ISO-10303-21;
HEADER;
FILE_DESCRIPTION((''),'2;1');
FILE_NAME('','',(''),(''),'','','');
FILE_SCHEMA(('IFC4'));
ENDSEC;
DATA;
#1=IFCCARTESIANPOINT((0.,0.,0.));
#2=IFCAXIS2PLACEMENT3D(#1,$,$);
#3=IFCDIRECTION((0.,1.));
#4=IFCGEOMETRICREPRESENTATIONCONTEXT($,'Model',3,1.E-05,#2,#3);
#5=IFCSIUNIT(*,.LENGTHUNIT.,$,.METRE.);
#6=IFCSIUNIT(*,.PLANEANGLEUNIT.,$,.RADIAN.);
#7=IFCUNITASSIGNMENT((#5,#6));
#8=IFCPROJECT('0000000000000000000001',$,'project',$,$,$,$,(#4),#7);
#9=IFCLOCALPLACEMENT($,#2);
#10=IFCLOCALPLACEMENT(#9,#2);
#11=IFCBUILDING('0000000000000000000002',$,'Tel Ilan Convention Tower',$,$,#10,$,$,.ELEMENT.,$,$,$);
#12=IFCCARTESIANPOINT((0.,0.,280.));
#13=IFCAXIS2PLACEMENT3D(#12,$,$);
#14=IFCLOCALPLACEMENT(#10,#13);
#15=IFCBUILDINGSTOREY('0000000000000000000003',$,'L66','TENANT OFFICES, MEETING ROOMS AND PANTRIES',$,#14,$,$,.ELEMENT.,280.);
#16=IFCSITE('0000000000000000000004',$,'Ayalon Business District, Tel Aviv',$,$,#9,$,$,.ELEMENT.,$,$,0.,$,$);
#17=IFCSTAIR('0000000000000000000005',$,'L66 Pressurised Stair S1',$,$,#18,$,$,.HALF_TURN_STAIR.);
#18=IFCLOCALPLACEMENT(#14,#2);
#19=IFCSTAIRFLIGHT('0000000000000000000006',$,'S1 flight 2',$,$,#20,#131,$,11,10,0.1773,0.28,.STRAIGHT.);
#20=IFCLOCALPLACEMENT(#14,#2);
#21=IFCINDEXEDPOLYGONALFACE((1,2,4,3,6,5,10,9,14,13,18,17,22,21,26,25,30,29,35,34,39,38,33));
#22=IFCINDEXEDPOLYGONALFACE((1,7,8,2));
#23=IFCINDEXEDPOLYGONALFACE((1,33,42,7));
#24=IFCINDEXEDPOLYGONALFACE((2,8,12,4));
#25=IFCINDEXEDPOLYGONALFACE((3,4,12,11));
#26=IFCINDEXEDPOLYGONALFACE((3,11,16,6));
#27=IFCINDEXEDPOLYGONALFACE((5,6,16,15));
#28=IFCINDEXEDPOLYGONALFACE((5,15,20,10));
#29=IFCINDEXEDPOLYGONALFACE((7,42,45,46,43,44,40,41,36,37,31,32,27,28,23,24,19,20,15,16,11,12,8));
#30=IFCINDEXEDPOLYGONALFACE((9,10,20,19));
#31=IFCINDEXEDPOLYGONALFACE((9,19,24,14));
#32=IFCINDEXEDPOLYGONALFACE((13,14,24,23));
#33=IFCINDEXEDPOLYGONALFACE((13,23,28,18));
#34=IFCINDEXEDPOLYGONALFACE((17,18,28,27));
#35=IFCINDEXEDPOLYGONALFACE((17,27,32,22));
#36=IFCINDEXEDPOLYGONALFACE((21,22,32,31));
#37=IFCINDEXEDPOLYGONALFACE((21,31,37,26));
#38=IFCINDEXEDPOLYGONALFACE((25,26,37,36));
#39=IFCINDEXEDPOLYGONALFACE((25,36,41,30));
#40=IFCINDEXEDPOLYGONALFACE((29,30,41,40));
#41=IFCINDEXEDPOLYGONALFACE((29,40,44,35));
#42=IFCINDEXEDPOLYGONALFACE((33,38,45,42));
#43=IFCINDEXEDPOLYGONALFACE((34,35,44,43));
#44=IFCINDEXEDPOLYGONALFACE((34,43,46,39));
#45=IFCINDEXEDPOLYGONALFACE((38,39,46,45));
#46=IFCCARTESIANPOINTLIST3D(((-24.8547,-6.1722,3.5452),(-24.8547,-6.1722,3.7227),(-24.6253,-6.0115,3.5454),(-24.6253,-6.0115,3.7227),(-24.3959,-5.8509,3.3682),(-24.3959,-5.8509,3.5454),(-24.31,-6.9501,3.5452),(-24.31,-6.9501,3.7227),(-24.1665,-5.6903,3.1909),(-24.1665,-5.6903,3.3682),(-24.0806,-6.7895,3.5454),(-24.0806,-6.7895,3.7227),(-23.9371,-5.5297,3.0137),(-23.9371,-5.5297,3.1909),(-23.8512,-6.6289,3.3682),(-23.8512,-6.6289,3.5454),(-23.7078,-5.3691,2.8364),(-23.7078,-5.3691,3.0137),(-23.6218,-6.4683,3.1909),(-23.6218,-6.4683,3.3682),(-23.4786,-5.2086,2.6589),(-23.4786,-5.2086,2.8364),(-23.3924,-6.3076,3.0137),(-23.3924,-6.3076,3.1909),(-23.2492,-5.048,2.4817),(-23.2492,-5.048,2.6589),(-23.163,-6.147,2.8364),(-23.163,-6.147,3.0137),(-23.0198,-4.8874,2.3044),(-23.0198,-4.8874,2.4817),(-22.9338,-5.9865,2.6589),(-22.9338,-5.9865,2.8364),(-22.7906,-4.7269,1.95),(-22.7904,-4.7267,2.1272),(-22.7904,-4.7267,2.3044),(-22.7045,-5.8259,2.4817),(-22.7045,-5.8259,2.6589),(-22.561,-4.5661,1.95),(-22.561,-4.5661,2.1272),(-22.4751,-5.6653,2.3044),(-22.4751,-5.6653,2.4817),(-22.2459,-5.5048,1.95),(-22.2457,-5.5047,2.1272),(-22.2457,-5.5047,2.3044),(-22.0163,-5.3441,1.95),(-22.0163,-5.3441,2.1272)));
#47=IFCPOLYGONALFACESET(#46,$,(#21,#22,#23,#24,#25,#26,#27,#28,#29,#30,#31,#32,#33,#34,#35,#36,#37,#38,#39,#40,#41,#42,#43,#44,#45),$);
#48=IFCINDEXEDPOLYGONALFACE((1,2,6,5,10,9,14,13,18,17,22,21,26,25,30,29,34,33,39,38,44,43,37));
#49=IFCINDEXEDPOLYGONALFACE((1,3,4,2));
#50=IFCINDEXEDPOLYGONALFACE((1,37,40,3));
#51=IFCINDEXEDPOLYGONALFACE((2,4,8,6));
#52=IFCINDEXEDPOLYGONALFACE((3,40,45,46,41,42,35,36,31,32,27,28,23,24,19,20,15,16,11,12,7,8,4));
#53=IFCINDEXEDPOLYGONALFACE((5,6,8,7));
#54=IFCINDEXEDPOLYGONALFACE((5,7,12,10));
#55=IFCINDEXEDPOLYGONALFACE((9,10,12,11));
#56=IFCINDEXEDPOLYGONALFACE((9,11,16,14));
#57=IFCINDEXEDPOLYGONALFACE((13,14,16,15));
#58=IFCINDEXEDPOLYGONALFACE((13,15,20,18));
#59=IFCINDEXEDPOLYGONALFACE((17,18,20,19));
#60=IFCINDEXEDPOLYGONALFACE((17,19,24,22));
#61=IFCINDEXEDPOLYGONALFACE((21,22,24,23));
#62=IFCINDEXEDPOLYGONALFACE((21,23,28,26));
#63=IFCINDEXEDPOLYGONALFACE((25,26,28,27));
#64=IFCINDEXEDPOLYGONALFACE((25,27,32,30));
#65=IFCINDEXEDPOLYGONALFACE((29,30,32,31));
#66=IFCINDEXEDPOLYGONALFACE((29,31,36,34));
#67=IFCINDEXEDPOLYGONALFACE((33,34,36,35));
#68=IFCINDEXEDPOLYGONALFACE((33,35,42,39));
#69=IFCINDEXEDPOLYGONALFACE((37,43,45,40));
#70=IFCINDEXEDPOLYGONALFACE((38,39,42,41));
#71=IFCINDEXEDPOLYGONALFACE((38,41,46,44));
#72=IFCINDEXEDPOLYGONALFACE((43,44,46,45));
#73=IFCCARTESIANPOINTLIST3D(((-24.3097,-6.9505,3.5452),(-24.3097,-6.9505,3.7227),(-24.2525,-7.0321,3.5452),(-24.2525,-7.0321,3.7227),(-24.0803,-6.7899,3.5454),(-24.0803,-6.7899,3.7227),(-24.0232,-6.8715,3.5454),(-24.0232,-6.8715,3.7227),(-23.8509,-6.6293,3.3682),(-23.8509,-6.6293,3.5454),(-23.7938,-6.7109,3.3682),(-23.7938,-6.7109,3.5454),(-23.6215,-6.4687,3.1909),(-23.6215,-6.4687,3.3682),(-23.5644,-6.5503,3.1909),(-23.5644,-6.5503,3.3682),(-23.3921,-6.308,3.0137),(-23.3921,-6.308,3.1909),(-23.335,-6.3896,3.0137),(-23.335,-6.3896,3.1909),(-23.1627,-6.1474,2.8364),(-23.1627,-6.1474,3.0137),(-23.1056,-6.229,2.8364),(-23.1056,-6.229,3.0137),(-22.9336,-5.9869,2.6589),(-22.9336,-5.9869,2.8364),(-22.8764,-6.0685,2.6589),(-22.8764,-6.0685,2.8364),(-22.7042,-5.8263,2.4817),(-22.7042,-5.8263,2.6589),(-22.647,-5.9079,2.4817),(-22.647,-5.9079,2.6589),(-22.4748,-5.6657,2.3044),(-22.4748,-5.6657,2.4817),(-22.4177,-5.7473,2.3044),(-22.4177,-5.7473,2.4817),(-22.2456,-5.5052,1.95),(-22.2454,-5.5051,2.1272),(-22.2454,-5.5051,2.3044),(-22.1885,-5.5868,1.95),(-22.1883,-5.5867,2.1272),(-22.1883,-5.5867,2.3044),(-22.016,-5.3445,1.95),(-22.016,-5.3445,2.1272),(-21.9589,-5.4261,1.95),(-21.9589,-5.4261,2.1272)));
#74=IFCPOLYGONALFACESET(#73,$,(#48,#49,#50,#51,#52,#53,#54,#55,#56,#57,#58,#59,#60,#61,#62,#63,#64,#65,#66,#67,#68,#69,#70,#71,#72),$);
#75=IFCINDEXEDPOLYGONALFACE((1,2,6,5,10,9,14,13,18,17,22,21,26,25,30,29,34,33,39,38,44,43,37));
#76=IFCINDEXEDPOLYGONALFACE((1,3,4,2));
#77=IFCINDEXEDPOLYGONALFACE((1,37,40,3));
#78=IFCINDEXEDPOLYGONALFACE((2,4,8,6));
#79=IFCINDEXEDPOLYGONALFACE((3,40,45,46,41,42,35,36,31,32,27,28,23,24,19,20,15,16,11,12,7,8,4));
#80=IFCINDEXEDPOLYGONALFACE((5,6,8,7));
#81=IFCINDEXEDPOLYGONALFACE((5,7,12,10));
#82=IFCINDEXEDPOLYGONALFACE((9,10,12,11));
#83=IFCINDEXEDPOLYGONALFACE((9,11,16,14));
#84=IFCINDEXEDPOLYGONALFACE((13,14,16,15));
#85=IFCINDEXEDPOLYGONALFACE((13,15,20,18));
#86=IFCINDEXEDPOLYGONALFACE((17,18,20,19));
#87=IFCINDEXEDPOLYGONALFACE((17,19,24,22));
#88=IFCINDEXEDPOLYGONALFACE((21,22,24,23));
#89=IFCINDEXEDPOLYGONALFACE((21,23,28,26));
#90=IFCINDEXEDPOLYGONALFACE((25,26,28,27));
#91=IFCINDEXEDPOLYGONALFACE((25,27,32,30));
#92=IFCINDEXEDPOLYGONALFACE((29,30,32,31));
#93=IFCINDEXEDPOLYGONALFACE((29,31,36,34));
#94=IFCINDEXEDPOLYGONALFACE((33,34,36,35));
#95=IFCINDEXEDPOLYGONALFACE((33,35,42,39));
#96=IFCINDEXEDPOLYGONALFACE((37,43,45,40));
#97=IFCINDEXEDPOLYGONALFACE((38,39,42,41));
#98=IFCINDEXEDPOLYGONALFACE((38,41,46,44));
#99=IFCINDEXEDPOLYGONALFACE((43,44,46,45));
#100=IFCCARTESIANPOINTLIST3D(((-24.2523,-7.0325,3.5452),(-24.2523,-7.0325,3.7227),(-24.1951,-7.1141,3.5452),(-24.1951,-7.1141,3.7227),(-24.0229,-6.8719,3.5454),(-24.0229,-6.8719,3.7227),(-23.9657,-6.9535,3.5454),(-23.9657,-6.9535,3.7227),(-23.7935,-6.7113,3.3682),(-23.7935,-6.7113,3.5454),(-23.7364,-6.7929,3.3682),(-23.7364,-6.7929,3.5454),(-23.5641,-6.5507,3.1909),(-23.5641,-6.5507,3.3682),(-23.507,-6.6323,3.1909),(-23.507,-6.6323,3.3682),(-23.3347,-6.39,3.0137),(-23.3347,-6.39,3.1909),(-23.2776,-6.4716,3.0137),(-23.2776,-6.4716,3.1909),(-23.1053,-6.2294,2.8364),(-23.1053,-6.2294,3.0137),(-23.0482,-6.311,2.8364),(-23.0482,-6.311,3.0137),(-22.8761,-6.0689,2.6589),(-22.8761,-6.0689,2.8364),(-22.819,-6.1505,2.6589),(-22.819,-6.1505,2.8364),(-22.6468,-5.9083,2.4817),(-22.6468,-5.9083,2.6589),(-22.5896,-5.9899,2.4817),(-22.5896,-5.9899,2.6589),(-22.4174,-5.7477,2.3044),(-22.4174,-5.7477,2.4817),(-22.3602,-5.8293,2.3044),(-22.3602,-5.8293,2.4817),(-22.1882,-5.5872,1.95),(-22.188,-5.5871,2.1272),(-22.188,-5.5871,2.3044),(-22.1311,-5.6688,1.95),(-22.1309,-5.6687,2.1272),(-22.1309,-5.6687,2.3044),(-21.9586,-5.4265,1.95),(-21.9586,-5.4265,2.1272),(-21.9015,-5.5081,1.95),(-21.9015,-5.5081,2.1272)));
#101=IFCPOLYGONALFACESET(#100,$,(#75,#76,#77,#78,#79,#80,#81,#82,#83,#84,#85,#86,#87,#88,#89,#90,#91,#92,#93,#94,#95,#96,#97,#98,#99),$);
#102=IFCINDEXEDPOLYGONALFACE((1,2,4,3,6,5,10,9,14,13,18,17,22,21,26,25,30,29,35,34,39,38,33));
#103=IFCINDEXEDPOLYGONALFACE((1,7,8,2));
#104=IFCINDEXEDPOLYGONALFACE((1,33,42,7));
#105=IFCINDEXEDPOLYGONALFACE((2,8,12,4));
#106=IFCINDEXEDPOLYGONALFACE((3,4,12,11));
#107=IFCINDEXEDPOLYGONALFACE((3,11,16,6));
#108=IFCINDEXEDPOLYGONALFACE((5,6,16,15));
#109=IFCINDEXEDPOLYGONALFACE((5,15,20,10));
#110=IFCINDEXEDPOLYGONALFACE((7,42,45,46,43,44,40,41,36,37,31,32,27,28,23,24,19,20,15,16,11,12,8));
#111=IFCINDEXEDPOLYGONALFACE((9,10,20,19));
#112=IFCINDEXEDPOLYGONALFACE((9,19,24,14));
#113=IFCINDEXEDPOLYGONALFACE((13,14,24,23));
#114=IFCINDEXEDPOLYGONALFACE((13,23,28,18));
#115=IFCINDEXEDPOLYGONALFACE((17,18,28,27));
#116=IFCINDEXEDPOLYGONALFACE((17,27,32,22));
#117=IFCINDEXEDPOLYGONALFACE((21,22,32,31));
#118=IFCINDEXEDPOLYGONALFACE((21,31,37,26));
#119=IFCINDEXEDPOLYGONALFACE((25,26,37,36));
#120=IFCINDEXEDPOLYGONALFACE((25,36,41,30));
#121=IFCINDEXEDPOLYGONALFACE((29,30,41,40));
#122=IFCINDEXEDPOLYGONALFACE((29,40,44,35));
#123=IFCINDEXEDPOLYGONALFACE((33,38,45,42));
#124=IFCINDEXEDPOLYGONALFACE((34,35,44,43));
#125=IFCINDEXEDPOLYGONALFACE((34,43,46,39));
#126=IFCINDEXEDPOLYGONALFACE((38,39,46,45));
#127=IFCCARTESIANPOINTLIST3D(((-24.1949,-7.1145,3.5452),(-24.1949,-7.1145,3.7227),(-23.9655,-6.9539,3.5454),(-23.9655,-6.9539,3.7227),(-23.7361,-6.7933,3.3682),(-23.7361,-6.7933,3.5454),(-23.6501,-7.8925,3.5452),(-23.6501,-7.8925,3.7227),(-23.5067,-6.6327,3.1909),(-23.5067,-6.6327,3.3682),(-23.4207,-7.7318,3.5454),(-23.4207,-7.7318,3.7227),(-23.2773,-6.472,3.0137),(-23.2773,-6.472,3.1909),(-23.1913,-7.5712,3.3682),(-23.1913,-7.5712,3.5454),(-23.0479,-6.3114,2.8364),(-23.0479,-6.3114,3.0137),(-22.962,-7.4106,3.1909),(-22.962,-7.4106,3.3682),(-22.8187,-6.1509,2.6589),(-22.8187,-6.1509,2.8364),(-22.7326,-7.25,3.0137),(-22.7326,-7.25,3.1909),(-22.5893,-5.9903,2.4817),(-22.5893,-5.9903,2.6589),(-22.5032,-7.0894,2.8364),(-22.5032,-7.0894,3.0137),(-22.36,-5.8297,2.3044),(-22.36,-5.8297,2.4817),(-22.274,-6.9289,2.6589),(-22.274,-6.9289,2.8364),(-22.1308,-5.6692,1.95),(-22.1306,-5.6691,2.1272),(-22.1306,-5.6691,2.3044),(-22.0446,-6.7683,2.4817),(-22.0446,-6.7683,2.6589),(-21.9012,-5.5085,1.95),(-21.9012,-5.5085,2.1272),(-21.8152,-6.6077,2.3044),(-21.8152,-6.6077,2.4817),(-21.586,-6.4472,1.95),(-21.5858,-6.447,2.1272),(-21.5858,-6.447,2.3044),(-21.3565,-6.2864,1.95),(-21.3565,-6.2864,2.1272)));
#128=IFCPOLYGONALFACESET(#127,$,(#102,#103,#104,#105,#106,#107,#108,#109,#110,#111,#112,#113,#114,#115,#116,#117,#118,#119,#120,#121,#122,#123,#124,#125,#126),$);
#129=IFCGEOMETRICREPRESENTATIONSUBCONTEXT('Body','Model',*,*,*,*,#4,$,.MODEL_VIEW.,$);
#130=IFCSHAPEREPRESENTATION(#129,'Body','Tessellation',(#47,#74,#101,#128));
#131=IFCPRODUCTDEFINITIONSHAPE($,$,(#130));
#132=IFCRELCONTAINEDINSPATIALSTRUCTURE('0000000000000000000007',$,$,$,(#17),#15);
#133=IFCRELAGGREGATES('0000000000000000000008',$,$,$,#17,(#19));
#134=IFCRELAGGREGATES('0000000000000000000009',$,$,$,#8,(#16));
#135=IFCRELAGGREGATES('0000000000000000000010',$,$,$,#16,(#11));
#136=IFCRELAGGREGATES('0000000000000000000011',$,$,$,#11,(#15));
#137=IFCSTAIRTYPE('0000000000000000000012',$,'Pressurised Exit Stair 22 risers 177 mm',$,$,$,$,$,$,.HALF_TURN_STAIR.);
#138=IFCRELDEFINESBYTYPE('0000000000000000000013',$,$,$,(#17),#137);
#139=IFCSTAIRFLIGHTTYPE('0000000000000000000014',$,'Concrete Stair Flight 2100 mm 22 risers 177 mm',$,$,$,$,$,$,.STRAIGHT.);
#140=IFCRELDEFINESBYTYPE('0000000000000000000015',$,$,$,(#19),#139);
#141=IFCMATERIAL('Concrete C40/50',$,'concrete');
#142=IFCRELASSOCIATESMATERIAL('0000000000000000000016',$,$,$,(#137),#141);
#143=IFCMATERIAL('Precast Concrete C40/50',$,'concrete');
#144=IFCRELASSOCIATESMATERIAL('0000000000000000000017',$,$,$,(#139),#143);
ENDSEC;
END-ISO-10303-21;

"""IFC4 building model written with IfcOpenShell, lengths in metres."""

from ifc_helpers import new_model, si_unit, direction, frame, origin, place, context, subcontext, project, spatial, polyline, outline, extrude, material, type_object, element, aggregate, save


model = new_model("IFC4")

# Units and contexts
model_context = context("Model", 3, precision=1e-05, world=origin(), true_north=direction((0.0, 1.0)))
body_context = subcontext(model_context, "Body", "Model", "MODEL_VIEW")
ifc_project = project(units=[si_unit("LENGTHUNIT", "METRE"), si_unit("PLANEANGLEUNIT", "RADIAN")], contexts=[model_context])

# Site, building, storey
site_placement = place(None, origin())
site = spatial("IfcSite", under=ifc_project, at=site_placement, Name="Ayalon Business District, Tel Aviv", CompositionType="ELEMENT", RefElevation=0.0)
building_placement = place(site_placement, origin())
building = spatial("IfcBuilding", under=site, at=building_placement, Name="Tel Ilan Convention Tower", CompositionType="ELEMENT")
storey_placement = place(building_placement, frame((0.0, 0.0, 280.0)))
storey = spatial("IfcBuildingStorey", under=building, at=storey_placement, Name="L66", Description="TENANT OFFICES, MEETING ROOMS AND PANTRIES", CompositionType="ELEMENT", Elevation=280.0)

# Stair, stair flight
ifc_material_1 = material(Name="Concrete C40/50", Category="concrete")
stair_type = type_object("IfcStairType", Name="Pressurised Exit Stair 22 risers 177 mm", PredefinedType="HALF_TURN_STAIR", material=ifc_material_1)
stair_1_placement = place(storey_placement, origin())
stair_1 = element("IfcStair", 1, at=stair_1_placement, inside=storey, type_object=stair_type, Name="L66 Pressurised Stair S1", PredefinedType="HALF_TURN_STAIR")
ifc_material_2 = material(Name="Precast Concrete C40/50", Category="concrete")
stair_flight_type = type_object("IfcStairFlightType", Name="Concrete Stair Flight 2100 mm 22 risers 177 mm", PredefinedType="STRAIGHT", material=ifc_material_2)
stair_flight_1_placement = place(storey_placement, frame((-21.9587, -5.4263, 1.95), z_axis=(0.0, 0.0, 1.0), x_axis=(-0.819152, -0.573576, 0.0)))
stair_flight_1 = element("IfcStairFlight", 2, at=stair_flight_1_placement, type_object=stair_flight_type, Name="S1 flight 2", NumberOfRisers=11, NumberOfTreads=10, PredefinedType="STRAIGHT", RiserHeight=0.1773, TreadLength=0.28, context=body_context, shape_type="SweptSolid", body=[
    extrude(outline(polyline([(0.0, 0.0), (0.0, 0.1772), (0.28, 0.1772), (0.28, 0.3545), (0.5601, 0.3545), (0.5601, 0.5317), (0.8401, 0.5317), (0.8401, 0.709), (1.1201, 0.709), (1.1201, 0.8865), (1.3999, 0.8865), (1.3999, 1.0637), (1.6799, 1.0637), (1.6799, 1.241), (1.96, 1.241), (1.96, 1.4182), (2.24, 1.4182), (2.24, 1.5955), (2.52, 1.5955), (2.52, 1.7727), (2.8, 1.7727), (2.8, 1.95), (2.8, 1.5952), (0.2803, 0.0), (0.0, 0.0)])), frame((0.0, -0.1003, 0.0), z_axis=(0.0, -1.0, 0.0), x_axis=(1.0, 0.0, 0.0)), (0.0, 0.0, 1.0), 0.9497),
    extrude(outline(polyline([(0.0, 0.0), (0.0, 0.1772), (0.28, 0.1772), (0.28, 0.3545), (0.5601, 0.3545), (0.5601, 0.5317), (0.8401, 0.5317), (0.8401, 0.709), (1.1201, 0.709), (1.1201, 0.8865), (1.3999, 0.8865), (1.3999, 1.0637), (1.6799, 1.0637), (1.6799, 1.241), (1.96, 1.241), (1.96, 1.4182), (2.24, 1.4182), (2.24, 1.5955), (2.52, 1.5955), (2.52, 1.7727), (2.8, 1.7727), (2.8, 1.95), (2.8, 1.5952), (0.2803, 0.0), (0.0, 0.0)])), frame((0.0, -0.0002, 0.0), z_axis=(0.0, -1.0, 0.0), x_axis=(1.0, 0.0, 0.0)), (0.0, 0.0, 1.0), 0.0996),
    extrude(outline(polyline([(0.0, 0.0), (0.0, 0.1772), (0.28, 0.1772), (0.28, 0.3545), (0.5601, 0.3545), (0.5601, 0.5317), (0.8401, 0.5317), (0.8401, 0.709), (1.1201, 0.709), (1.1201, 0.8865), (1.3999, 0.8865), (1.3999, 1.0637), (1.6799, 1.0637), (1.6799, 1.241), (1.96, 1.241), (1.96, 1.4182), (2.24, 1.4182), (2.24, 1.5955), (2.52, 1.5955), (2.52, 1.7727), (2.8, 1.7727), (2.8, 1.95), (2.8, 1.5952), (0.2803, 0.0), (0.0, 0.0)])), frame((0.0, 0.0999, 0.0), z_axis=(0.0, -1.0, 0.0), x_axis=(1.0, 0.0, 0.0)), (0.0, 0.0, 1.0), 0.0996),
    extrude(outline(polyline([(0.0, 0.0), (0.0, 0.1772), (0.28, 0.1772), (0.28, 0.3545), (0.5601, 0.3545), (0.5601, 0.5317), (0.8401, 0.5317), (0.8401, 0.709), (1.1201, 0.709), (1.1201, 0.8865), (1.3999, 0.8865), (1.3999, 1.0637), (1.6799, 1.0637), (1.6799, 1.241), (1.96, 1.241), (1.96, 1.4182), (2.24, 1.4182), (2.24, 1.5955), (2.52, 1.5955), (2.52, 1.7727), (2.8, 1.7727), (2.8, 1.95), (2.8, 1.5952), (0.2803, 0.0), (0.0, 0.0)])), frame((0.0, 1.05, 0.0), z_axis=(0.0, -1.0, 0.0), x_axis=(1.0, 0.0, 0.0)), (0.0, 0.0, 1.0), 0.9497),
])
aggregate(stair_1, [stair_flight_1])

save(model, "model.ifc")
